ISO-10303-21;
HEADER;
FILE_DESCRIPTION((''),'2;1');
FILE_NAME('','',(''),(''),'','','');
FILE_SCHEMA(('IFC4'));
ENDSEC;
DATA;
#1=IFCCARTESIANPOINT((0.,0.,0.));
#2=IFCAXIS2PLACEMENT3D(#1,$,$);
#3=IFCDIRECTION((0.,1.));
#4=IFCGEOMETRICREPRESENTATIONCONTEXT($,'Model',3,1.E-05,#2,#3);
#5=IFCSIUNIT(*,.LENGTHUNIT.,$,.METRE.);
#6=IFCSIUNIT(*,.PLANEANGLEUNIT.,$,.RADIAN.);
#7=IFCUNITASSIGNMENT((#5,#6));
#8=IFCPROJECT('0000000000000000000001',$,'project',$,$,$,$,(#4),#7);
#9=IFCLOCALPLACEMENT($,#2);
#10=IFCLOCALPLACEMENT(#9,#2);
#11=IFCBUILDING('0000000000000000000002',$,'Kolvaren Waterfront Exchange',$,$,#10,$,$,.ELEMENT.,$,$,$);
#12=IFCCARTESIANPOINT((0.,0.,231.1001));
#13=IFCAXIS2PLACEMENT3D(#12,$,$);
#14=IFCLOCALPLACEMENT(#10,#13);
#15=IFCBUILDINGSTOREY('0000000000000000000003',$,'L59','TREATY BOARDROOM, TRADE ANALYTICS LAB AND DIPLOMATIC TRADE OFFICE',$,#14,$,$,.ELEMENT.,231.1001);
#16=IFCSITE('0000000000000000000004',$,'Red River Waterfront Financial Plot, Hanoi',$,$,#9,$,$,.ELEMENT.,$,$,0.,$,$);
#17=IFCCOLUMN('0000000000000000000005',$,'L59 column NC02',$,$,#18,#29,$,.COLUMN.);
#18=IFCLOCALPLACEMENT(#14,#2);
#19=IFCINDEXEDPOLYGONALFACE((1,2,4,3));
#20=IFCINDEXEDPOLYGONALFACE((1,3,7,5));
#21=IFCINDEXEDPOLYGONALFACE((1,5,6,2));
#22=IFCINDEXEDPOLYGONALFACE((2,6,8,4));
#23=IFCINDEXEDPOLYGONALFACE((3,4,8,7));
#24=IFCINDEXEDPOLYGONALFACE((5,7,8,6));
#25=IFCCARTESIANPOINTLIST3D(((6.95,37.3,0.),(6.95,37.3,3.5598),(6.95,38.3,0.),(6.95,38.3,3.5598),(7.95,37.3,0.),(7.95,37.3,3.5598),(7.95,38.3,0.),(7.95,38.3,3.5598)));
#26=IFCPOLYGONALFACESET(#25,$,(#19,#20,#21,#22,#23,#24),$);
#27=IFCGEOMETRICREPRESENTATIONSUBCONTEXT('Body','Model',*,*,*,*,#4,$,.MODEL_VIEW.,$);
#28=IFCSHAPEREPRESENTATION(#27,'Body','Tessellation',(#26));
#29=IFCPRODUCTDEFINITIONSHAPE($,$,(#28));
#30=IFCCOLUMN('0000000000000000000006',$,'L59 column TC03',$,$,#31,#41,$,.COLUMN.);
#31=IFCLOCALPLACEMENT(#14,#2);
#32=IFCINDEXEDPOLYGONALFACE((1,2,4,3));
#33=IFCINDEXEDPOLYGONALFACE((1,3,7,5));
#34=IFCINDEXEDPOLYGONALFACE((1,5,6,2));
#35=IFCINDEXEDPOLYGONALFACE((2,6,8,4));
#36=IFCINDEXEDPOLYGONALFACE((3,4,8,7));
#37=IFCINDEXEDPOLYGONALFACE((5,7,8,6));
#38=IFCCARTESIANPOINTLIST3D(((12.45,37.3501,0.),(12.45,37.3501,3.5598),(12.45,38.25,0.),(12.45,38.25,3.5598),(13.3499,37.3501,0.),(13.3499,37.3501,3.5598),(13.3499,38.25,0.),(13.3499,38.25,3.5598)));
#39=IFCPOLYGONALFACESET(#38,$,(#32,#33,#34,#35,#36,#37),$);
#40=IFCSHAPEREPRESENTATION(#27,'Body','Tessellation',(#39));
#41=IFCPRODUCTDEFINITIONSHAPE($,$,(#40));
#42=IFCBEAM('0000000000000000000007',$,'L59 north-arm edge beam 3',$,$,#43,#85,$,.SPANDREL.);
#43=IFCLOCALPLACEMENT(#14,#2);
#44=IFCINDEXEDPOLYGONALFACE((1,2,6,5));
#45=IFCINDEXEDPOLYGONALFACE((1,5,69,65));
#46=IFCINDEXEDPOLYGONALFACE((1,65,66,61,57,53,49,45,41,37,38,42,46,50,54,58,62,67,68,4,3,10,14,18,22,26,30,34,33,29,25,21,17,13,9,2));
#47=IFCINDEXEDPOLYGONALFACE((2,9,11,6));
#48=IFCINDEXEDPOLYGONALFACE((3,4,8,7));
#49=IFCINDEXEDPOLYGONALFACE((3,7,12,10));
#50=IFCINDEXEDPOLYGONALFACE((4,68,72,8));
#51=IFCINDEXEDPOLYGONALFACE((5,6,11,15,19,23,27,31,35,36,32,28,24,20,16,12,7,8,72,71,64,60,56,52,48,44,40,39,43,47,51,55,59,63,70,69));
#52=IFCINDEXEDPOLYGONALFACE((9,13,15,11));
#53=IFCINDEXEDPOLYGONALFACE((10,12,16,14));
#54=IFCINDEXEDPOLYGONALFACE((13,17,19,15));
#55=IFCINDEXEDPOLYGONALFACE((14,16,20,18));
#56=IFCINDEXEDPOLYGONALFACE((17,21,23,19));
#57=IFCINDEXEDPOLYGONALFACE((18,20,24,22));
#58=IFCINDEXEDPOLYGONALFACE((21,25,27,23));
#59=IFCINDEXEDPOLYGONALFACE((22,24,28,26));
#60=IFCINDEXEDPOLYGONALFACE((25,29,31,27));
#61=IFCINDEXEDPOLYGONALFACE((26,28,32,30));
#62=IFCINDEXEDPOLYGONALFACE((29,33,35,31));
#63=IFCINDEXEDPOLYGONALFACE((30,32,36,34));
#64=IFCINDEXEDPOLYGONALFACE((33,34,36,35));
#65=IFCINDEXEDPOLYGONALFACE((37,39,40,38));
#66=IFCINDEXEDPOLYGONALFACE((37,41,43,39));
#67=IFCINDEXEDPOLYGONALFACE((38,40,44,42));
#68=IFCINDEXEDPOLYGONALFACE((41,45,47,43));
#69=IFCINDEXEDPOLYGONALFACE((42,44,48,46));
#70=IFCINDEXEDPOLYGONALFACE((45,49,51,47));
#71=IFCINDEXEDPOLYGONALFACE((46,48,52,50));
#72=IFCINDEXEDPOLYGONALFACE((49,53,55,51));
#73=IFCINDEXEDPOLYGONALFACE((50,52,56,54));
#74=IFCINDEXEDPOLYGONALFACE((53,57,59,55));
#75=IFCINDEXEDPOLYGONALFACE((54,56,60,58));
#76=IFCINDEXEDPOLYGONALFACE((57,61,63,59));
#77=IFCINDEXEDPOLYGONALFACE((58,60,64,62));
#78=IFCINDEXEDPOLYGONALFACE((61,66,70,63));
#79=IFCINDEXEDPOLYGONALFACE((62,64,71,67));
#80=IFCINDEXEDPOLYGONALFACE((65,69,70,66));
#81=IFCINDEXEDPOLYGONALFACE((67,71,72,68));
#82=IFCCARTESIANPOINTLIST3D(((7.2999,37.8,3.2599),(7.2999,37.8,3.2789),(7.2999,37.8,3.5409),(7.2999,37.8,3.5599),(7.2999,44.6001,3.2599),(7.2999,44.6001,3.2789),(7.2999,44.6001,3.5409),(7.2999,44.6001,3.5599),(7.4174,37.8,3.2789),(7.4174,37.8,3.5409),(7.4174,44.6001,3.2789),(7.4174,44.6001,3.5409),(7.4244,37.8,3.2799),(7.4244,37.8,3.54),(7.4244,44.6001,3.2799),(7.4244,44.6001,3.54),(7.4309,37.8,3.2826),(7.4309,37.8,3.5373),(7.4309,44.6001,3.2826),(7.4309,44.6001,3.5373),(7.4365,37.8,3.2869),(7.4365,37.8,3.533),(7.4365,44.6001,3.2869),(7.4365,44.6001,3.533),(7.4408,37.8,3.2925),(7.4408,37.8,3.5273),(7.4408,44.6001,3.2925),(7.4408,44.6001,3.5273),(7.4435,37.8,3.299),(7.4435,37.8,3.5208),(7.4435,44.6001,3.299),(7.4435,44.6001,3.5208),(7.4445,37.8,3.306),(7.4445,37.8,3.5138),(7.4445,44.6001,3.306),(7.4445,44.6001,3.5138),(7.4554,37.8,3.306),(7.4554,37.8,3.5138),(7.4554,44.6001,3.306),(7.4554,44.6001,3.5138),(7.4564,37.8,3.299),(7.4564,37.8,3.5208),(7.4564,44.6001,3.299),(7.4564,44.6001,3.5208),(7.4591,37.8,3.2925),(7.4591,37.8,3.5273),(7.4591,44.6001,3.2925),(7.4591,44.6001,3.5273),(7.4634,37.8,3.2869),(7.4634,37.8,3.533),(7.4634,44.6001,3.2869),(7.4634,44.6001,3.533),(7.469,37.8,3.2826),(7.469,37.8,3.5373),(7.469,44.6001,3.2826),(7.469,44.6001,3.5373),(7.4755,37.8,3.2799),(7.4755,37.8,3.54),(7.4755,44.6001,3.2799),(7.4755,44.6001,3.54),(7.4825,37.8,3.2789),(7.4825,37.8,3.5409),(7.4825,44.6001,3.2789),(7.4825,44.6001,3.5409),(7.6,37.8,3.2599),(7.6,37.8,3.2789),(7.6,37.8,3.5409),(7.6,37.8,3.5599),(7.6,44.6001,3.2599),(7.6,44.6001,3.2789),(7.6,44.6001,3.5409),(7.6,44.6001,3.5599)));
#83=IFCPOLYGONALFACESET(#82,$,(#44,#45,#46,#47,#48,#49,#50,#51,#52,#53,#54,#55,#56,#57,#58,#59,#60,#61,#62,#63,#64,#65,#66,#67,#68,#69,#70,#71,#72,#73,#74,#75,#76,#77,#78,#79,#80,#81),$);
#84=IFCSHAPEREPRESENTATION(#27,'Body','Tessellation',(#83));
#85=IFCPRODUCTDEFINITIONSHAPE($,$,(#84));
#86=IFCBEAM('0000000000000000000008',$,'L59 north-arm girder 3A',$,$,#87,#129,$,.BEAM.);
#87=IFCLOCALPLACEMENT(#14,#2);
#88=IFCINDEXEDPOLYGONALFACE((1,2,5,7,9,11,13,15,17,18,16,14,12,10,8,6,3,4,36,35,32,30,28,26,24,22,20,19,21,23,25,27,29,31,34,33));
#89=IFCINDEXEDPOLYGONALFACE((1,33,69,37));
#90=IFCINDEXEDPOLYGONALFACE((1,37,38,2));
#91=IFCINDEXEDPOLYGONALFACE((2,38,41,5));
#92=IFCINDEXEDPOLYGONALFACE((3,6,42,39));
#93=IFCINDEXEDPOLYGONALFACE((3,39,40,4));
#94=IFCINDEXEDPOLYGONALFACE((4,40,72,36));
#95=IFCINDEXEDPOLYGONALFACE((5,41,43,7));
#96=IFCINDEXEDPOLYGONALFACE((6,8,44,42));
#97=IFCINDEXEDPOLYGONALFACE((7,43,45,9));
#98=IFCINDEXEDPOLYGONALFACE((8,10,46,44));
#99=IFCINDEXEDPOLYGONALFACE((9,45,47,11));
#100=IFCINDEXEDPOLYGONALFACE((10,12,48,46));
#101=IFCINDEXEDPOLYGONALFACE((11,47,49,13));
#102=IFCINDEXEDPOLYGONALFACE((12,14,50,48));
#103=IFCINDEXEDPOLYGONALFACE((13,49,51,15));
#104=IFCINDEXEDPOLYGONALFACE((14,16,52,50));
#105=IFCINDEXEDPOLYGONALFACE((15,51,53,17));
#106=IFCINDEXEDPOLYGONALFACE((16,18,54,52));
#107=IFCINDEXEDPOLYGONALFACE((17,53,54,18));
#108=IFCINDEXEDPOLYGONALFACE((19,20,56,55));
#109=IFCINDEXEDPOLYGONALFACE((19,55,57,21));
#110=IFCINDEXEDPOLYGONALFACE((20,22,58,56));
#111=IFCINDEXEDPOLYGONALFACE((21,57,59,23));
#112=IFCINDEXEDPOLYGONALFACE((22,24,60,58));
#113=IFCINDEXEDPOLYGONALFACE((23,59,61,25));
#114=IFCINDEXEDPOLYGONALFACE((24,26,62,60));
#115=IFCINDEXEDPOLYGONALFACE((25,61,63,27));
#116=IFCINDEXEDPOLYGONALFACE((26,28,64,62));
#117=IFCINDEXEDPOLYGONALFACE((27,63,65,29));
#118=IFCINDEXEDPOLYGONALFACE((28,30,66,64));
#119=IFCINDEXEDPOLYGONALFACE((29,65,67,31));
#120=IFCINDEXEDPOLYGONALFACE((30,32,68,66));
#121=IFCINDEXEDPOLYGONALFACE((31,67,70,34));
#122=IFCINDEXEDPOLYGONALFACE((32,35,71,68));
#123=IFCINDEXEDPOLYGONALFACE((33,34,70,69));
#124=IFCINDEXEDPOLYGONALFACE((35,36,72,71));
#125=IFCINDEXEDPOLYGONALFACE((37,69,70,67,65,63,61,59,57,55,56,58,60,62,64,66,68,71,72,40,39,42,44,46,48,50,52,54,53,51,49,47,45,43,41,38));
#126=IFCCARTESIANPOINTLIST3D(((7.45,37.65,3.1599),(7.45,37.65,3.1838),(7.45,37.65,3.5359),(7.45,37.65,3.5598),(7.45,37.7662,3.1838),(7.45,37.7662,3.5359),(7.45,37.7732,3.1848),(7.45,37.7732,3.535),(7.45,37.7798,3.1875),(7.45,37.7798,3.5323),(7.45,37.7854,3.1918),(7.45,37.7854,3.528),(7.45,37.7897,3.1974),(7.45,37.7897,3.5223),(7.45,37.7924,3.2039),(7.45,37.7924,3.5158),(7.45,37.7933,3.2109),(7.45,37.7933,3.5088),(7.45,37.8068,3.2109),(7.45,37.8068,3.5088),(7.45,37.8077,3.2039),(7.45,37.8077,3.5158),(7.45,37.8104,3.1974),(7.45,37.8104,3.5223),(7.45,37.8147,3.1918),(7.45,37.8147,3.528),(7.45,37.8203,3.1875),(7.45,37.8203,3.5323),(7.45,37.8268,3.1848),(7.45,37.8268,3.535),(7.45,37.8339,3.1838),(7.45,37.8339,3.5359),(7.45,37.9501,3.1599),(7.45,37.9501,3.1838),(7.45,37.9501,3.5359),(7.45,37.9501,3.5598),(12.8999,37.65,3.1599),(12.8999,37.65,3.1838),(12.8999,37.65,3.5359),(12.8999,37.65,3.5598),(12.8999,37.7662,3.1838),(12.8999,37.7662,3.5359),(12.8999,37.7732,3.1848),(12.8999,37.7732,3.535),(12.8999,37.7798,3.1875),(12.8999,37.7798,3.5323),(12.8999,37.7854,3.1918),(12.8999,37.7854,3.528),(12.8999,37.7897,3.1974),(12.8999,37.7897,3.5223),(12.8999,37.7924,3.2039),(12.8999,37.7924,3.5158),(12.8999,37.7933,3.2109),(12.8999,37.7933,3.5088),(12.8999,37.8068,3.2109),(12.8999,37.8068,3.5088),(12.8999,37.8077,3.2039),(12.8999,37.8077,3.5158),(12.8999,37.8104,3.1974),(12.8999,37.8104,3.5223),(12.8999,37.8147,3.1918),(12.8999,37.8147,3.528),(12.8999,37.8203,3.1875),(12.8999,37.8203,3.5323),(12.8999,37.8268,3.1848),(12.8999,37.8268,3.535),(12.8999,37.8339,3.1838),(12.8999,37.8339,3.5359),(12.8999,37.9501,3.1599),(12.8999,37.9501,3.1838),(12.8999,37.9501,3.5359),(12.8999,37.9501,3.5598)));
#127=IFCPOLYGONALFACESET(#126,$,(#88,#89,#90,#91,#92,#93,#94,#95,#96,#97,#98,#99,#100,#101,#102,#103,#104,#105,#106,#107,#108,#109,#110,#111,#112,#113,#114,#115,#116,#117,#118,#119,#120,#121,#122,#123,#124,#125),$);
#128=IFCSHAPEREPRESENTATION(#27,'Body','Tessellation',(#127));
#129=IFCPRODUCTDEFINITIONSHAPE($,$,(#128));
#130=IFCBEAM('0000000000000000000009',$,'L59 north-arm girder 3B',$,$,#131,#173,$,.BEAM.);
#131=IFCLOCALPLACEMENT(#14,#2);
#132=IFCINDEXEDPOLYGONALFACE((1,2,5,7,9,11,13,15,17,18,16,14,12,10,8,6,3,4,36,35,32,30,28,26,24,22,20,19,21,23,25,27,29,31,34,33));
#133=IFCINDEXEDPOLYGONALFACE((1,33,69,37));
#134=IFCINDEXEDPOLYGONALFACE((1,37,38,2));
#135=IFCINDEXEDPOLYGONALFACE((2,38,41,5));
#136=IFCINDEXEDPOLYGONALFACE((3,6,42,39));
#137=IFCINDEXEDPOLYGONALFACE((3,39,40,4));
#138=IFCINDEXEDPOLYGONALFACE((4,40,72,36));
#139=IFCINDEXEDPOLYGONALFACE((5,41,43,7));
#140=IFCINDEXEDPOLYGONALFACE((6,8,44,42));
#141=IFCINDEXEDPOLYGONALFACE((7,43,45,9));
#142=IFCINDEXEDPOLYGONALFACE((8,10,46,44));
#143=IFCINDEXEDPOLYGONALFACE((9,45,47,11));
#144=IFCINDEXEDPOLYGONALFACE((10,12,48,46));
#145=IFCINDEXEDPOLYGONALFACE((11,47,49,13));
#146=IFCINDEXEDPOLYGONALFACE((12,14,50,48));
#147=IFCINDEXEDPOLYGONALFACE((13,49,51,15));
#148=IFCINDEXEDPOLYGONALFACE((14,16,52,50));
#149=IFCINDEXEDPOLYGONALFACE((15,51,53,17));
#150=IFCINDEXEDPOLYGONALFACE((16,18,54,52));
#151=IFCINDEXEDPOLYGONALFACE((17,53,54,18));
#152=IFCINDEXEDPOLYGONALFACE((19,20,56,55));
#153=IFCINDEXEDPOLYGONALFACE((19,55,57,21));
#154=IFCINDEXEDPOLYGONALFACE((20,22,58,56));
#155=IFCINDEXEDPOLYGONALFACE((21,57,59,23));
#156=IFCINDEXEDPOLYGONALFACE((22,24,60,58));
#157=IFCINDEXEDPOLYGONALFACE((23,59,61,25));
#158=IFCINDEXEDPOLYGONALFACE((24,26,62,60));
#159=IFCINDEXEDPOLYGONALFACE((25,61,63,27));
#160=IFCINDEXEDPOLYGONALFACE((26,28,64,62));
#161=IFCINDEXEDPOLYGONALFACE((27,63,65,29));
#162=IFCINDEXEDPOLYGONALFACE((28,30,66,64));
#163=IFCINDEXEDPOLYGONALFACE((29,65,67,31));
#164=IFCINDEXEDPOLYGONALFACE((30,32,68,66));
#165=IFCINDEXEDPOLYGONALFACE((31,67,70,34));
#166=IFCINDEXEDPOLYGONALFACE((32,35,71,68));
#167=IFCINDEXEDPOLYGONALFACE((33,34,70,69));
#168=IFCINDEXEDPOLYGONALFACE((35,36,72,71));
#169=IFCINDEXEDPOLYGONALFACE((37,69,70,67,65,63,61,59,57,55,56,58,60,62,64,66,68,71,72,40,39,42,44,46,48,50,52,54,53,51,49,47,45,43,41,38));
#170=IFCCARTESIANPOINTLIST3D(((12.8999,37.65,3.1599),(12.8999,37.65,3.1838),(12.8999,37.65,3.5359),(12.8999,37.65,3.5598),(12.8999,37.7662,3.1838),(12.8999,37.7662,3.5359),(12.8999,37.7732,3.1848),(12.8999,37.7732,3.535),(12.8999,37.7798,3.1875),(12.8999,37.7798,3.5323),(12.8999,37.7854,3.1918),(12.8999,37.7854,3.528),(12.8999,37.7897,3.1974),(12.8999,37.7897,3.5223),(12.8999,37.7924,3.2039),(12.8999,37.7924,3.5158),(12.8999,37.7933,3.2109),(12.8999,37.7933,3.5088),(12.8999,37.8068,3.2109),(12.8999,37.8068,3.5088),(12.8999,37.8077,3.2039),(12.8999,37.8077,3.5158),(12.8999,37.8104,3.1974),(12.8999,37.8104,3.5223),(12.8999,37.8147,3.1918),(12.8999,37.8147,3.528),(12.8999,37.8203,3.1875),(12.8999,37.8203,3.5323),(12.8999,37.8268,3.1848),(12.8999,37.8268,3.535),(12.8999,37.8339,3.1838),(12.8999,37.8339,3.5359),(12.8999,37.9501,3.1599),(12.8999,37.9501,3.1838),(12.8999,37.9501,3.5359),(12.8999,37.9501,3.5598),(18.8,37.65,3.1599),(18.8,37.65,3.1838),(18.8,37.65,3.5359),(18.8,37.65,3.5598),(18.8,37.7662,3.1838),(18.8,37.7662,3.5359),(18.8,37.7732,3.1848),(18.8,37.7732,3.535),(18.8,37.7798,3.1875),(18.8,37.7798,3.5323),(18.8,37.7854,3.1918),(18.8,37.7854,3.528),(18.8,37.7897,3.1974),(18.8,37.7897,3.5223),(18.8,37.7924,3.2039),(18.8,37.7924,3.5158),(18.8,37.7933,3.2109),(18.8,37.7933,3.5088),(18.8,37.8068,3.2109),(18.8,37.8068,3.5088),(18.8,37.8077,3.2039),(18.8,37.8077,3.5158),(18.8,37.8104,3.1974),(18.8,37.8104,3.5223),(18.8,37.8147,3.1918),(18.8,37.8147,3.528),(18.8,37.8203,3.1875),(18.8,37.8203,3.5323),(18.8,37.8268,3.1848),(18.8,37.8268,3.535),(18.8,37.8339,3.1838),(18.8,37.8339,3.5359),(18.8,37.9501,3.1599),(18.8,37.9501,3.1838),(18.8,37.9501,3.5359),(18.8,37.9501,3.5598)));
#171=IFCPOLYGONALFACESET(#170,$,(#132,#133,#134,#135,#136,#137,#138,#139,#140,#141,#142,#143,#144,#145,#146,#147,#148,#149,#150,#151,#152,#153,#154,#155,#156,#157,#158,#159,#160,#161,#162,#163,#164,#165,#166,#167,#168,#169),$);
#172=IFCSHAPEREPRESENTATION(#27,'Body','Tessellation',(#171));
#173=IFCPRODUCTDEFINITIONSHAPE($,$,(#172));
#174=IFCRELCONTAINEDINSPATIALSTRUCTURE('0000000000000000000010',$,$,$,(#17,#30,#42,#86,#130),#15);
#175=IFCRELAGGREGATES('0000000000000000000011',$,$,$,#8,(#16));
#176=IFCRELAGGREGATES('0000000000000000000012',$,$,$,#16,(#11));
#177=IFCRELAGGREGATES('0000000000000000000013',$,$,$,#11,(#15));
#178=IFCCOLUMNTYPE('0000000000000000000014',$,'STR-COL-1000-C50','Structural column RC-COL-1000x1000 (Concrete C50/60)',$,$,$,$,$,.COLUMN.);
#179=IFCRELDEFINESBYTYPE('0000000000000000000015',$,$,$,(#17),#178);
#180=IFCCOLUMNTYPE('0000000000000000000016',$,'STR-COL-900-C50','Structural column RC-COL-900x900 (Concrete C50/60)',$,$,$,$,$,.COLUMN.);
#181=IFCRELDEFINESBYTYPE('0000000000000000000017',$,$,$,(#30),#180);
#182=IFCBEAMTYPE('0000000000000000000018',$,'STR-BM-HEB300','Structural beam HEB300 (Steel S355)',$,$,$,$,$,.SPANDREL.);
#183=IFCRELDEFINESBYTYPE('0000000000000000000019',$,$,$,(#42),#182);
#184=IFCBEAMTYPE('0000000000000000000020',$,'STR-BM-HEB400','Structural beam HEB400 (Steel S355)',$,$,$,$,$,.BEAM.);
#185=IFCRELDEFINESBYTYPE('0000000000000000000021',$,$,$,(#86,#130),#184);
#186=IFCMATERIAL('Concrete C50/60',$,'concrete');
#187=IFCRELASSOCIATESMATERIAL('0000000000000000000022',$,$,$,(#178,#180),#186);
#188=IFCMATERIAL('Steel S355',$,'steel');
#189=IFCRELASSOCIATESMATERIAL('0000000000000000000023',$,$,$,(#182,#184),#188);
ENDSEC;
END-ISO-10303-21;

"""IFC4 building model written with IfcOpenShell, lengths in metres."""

from ifc_helpers import new_model, si_unit, direction, frame, origin, origin_2d, place, context, subcontext, project, spatial, rectangle, i_section, extrude, material, material_profile, profile_set, type_object, element, save


model = new_model("IFC4")

# Units and contexts
model_context = context("Model", 3, precision=1e-05, world=origin(), true_north=direction((0.0, 1.0)))
body_context = subcontext(model_context, "Body", "Model", "MODEL_VIEW")
ifc_project = project(units=[si_unit("LENGTHUNIT", "METRE"), si_unit("PLANEANGLEUNIT", "RADIAN")], contexts=[model_context])

# Site, building, storey
site_placement = place(None, origin())
site = spatial("IfcSite", under=ifc_project, at=site_placement, Name="Red River Waterfront Financial Plot, Hanoi", CompositionType="ELEMENT", RefElevation=0.0)
building_placement = place(site_placement, origin())
building = spatial("IfcBuilding", under=site, at=building_placement, Name="Kolvaren Waterfront Exchange", CompositionType="ELEMENT")
storey_placement = place(building_placement, frame((0.0, 0.0, 231.1001)))
storey = spatial("IfcBuildingStorey", under=building, at=storey_placement, Name="L59", Description="TREATY BOARDROOM, TRADE ANALYTICS LAB AND DIPLOMATIC TRADE OFFICE", CompositionType="ELEMENT", Elevation=231.1001)

# Columns
ifc_material_1 = material(Name="Concrete C50/60", Category="concrete")
ifc_material_profile_1 = material_profile(ifc_material_1, rectangle(XDim=1.0, YDim=1.0, at=origin_2d()), Name="RC-COL-1000x1000")
ifc_profile_set_1 = profile_set([ifc_material_profile_1], Name="Concrete C50/60")
column_type_1 = type_object("IfcColumnType", Name="STR-COL-1000-C50", Description="Structural column RC-COL-1000x1000 (Concrete C50/60)", PredefinedType="COLUMN", material=ifc_profile_set_1)
column_1_placement = place(storey_placement, frame((7.45, 37.8, 0.0), z_axis=(0.0, 0.0, 1.0), x_axis=(1.0, 0.0, 0.0)))
element("IfcColumn", 1, at=column_1_placement, inside=storey, type_object=column_type_1, Name="L59 column NC02", PredefinedType="COLUMN", context=body_context, shape_type="SweptSolid", body=[
    extrude(rectangle(XDim=1.0, YDim=1.0, at=origin_2d()), origin(), (0.0, 0.0, 1.0), 3.5598),
])
ifc_material_profile_2 = material_profile(ifc_material_1, rectangle(XDim=0.8999, YDim=0.8999, at=origin_2d()), Name="RC-COL-900x900")
ifc_profile_set_2 = profile_set([ifc_material_profile_2], Name="Concrete C50/60")
column_type_2 = type_object("IfcColumnType", Name="STR-COL-900-C50", Description="Structural column RC-COL-900x900 (Concrete C50/60)", PredefinedType="COLUMN", material=ifc_profile_set_2)
column_2_placement = place(storey_placement, frame((12.8999, 37.8, 0.0), z_axis=(0.0, 0.0, 1.0), x_axis=(1.0, 0.0, 0.0)))
element("IfcColumn", 2, at=column_2_placement, inside=storey, type_object=column_type_2, Name="L59 column TC03", PredefinedType="COLUMN", context=body_context, shape_type="SweptSolid", body=[
    extrude(rectangle(XDim=0.8999, YDim=0.8999, at=origin_2d()), origin(), (0.0, 0.0, 1.0), 3.5598),
])

# Beams
ifc_material_2 = material(Name="Steel S355", Category="steel")
ifc_material_profile_3 = material_profile(ifc_material_2, i_section(OverallWidth=0.3, OverallDepth=0.3, WebThickness=0.011, FlangeThickness=0.019, FilletRadius=0.0271, at=origin_2d()), Name="HEB300")
ifc_profile_set_3 = profile_set([ifc_material_profile_3], Name="Steel S355")
beam_type_1 = type_object("IfcBeamType", Name="STR-BM-HEB300", Description="Structural beam HEB300 (Steel S355)", PredefinedType="SPANDREL", material=ifc_profile_set_3)
beam_1_placement = place(storey_placement, frame((7.45, 37.8, 3.4099), z_axis=(0.0, 1.0, 0.0), x_axis=(-1.0, 0.0, 0.0)))
element("IfcBeam", 3, at=beam_1_placement, inside=storey, type_object=beam_type_1, Name="L59 north-arm edge beam 3", PredefinedType="SPANDREL", context=body_context, shape_type="SweptSolid", body=[
    extrude(i_section(OverallWidth=0.3, OverallDepth=0.3, WebThickness=0.011, FlangeThickness=0.019, FilletRadius=0.0271, at=origin_2d()), origin(), (0.0, 0.0, 1.0), 6.8),
])
ifc_material_profile_4 = material_profile(ifc_material_2, i_section(OverallWidth=0.3, OverallDepth=0.3999, WebThickness=0.0134, FlangeThickness=0.0239, FilletRadius=0.0271, at=origin_2d()), Name="HEB400")
ifc_profile_set_4 = profile_set([ifc_material_profile_4], Name="Steel S355")
beam_type_2 = type_object("IfcBeamType", Name="STR-BM-HEB400", Description="Structural beam HEB400 (Steel S355)", PredefinedType="BEAM", material=ifc_profile_set_4)
beam_2_placement = place(storey_placement, frame((7.45, 37.8, 3.3599), z_axis=(1.0, 0.0, 0.0), x_axis=(0.0, 1.0, 0.0)))
element("IfcBeam", 4, at=beam_2_placement, inside=storey, type_object=beam_type_2, Name="L59 north-arm girder 3A", PredefinedType="BEAM", context=body_context, shape_type="SweptSolid", body=[
    extrude(i_section(OverallWidth=0.3, OverallDepth=0.3999, WebThickness=0.0134, FlangeThickness=0.0239, FilletRadius=0.0271, at=origin_2d()), origin(), (0.0, 0.0, 1.0), 5.45),
])
beam_3_placement = place(storey_placement, frame((12.8999, 37.8, 3.3599), z_axis=(1.0, 0.0, 0.0), x_axis=(0.0, 1.0, 0.0)))
element("IfcBeam", 5, at=beam_3_placement, inside=storey, type_object=beam_type_2, Name="L59 north-arm girder 3B", PredefinedType="BEAM", context=body_context, shape_type="SweptSolid", body=[
    extrude(i_section(OverallWidth=0.3, OverallDepth=0.3999, WebThickness=0.0134, FlangeThickness=0.0239, FilletRadius=0.0271, at=origin_2d()), origin(), (0.0, 0.0, 1.0), 5.9001),
])

save(model, "model.ifc")
